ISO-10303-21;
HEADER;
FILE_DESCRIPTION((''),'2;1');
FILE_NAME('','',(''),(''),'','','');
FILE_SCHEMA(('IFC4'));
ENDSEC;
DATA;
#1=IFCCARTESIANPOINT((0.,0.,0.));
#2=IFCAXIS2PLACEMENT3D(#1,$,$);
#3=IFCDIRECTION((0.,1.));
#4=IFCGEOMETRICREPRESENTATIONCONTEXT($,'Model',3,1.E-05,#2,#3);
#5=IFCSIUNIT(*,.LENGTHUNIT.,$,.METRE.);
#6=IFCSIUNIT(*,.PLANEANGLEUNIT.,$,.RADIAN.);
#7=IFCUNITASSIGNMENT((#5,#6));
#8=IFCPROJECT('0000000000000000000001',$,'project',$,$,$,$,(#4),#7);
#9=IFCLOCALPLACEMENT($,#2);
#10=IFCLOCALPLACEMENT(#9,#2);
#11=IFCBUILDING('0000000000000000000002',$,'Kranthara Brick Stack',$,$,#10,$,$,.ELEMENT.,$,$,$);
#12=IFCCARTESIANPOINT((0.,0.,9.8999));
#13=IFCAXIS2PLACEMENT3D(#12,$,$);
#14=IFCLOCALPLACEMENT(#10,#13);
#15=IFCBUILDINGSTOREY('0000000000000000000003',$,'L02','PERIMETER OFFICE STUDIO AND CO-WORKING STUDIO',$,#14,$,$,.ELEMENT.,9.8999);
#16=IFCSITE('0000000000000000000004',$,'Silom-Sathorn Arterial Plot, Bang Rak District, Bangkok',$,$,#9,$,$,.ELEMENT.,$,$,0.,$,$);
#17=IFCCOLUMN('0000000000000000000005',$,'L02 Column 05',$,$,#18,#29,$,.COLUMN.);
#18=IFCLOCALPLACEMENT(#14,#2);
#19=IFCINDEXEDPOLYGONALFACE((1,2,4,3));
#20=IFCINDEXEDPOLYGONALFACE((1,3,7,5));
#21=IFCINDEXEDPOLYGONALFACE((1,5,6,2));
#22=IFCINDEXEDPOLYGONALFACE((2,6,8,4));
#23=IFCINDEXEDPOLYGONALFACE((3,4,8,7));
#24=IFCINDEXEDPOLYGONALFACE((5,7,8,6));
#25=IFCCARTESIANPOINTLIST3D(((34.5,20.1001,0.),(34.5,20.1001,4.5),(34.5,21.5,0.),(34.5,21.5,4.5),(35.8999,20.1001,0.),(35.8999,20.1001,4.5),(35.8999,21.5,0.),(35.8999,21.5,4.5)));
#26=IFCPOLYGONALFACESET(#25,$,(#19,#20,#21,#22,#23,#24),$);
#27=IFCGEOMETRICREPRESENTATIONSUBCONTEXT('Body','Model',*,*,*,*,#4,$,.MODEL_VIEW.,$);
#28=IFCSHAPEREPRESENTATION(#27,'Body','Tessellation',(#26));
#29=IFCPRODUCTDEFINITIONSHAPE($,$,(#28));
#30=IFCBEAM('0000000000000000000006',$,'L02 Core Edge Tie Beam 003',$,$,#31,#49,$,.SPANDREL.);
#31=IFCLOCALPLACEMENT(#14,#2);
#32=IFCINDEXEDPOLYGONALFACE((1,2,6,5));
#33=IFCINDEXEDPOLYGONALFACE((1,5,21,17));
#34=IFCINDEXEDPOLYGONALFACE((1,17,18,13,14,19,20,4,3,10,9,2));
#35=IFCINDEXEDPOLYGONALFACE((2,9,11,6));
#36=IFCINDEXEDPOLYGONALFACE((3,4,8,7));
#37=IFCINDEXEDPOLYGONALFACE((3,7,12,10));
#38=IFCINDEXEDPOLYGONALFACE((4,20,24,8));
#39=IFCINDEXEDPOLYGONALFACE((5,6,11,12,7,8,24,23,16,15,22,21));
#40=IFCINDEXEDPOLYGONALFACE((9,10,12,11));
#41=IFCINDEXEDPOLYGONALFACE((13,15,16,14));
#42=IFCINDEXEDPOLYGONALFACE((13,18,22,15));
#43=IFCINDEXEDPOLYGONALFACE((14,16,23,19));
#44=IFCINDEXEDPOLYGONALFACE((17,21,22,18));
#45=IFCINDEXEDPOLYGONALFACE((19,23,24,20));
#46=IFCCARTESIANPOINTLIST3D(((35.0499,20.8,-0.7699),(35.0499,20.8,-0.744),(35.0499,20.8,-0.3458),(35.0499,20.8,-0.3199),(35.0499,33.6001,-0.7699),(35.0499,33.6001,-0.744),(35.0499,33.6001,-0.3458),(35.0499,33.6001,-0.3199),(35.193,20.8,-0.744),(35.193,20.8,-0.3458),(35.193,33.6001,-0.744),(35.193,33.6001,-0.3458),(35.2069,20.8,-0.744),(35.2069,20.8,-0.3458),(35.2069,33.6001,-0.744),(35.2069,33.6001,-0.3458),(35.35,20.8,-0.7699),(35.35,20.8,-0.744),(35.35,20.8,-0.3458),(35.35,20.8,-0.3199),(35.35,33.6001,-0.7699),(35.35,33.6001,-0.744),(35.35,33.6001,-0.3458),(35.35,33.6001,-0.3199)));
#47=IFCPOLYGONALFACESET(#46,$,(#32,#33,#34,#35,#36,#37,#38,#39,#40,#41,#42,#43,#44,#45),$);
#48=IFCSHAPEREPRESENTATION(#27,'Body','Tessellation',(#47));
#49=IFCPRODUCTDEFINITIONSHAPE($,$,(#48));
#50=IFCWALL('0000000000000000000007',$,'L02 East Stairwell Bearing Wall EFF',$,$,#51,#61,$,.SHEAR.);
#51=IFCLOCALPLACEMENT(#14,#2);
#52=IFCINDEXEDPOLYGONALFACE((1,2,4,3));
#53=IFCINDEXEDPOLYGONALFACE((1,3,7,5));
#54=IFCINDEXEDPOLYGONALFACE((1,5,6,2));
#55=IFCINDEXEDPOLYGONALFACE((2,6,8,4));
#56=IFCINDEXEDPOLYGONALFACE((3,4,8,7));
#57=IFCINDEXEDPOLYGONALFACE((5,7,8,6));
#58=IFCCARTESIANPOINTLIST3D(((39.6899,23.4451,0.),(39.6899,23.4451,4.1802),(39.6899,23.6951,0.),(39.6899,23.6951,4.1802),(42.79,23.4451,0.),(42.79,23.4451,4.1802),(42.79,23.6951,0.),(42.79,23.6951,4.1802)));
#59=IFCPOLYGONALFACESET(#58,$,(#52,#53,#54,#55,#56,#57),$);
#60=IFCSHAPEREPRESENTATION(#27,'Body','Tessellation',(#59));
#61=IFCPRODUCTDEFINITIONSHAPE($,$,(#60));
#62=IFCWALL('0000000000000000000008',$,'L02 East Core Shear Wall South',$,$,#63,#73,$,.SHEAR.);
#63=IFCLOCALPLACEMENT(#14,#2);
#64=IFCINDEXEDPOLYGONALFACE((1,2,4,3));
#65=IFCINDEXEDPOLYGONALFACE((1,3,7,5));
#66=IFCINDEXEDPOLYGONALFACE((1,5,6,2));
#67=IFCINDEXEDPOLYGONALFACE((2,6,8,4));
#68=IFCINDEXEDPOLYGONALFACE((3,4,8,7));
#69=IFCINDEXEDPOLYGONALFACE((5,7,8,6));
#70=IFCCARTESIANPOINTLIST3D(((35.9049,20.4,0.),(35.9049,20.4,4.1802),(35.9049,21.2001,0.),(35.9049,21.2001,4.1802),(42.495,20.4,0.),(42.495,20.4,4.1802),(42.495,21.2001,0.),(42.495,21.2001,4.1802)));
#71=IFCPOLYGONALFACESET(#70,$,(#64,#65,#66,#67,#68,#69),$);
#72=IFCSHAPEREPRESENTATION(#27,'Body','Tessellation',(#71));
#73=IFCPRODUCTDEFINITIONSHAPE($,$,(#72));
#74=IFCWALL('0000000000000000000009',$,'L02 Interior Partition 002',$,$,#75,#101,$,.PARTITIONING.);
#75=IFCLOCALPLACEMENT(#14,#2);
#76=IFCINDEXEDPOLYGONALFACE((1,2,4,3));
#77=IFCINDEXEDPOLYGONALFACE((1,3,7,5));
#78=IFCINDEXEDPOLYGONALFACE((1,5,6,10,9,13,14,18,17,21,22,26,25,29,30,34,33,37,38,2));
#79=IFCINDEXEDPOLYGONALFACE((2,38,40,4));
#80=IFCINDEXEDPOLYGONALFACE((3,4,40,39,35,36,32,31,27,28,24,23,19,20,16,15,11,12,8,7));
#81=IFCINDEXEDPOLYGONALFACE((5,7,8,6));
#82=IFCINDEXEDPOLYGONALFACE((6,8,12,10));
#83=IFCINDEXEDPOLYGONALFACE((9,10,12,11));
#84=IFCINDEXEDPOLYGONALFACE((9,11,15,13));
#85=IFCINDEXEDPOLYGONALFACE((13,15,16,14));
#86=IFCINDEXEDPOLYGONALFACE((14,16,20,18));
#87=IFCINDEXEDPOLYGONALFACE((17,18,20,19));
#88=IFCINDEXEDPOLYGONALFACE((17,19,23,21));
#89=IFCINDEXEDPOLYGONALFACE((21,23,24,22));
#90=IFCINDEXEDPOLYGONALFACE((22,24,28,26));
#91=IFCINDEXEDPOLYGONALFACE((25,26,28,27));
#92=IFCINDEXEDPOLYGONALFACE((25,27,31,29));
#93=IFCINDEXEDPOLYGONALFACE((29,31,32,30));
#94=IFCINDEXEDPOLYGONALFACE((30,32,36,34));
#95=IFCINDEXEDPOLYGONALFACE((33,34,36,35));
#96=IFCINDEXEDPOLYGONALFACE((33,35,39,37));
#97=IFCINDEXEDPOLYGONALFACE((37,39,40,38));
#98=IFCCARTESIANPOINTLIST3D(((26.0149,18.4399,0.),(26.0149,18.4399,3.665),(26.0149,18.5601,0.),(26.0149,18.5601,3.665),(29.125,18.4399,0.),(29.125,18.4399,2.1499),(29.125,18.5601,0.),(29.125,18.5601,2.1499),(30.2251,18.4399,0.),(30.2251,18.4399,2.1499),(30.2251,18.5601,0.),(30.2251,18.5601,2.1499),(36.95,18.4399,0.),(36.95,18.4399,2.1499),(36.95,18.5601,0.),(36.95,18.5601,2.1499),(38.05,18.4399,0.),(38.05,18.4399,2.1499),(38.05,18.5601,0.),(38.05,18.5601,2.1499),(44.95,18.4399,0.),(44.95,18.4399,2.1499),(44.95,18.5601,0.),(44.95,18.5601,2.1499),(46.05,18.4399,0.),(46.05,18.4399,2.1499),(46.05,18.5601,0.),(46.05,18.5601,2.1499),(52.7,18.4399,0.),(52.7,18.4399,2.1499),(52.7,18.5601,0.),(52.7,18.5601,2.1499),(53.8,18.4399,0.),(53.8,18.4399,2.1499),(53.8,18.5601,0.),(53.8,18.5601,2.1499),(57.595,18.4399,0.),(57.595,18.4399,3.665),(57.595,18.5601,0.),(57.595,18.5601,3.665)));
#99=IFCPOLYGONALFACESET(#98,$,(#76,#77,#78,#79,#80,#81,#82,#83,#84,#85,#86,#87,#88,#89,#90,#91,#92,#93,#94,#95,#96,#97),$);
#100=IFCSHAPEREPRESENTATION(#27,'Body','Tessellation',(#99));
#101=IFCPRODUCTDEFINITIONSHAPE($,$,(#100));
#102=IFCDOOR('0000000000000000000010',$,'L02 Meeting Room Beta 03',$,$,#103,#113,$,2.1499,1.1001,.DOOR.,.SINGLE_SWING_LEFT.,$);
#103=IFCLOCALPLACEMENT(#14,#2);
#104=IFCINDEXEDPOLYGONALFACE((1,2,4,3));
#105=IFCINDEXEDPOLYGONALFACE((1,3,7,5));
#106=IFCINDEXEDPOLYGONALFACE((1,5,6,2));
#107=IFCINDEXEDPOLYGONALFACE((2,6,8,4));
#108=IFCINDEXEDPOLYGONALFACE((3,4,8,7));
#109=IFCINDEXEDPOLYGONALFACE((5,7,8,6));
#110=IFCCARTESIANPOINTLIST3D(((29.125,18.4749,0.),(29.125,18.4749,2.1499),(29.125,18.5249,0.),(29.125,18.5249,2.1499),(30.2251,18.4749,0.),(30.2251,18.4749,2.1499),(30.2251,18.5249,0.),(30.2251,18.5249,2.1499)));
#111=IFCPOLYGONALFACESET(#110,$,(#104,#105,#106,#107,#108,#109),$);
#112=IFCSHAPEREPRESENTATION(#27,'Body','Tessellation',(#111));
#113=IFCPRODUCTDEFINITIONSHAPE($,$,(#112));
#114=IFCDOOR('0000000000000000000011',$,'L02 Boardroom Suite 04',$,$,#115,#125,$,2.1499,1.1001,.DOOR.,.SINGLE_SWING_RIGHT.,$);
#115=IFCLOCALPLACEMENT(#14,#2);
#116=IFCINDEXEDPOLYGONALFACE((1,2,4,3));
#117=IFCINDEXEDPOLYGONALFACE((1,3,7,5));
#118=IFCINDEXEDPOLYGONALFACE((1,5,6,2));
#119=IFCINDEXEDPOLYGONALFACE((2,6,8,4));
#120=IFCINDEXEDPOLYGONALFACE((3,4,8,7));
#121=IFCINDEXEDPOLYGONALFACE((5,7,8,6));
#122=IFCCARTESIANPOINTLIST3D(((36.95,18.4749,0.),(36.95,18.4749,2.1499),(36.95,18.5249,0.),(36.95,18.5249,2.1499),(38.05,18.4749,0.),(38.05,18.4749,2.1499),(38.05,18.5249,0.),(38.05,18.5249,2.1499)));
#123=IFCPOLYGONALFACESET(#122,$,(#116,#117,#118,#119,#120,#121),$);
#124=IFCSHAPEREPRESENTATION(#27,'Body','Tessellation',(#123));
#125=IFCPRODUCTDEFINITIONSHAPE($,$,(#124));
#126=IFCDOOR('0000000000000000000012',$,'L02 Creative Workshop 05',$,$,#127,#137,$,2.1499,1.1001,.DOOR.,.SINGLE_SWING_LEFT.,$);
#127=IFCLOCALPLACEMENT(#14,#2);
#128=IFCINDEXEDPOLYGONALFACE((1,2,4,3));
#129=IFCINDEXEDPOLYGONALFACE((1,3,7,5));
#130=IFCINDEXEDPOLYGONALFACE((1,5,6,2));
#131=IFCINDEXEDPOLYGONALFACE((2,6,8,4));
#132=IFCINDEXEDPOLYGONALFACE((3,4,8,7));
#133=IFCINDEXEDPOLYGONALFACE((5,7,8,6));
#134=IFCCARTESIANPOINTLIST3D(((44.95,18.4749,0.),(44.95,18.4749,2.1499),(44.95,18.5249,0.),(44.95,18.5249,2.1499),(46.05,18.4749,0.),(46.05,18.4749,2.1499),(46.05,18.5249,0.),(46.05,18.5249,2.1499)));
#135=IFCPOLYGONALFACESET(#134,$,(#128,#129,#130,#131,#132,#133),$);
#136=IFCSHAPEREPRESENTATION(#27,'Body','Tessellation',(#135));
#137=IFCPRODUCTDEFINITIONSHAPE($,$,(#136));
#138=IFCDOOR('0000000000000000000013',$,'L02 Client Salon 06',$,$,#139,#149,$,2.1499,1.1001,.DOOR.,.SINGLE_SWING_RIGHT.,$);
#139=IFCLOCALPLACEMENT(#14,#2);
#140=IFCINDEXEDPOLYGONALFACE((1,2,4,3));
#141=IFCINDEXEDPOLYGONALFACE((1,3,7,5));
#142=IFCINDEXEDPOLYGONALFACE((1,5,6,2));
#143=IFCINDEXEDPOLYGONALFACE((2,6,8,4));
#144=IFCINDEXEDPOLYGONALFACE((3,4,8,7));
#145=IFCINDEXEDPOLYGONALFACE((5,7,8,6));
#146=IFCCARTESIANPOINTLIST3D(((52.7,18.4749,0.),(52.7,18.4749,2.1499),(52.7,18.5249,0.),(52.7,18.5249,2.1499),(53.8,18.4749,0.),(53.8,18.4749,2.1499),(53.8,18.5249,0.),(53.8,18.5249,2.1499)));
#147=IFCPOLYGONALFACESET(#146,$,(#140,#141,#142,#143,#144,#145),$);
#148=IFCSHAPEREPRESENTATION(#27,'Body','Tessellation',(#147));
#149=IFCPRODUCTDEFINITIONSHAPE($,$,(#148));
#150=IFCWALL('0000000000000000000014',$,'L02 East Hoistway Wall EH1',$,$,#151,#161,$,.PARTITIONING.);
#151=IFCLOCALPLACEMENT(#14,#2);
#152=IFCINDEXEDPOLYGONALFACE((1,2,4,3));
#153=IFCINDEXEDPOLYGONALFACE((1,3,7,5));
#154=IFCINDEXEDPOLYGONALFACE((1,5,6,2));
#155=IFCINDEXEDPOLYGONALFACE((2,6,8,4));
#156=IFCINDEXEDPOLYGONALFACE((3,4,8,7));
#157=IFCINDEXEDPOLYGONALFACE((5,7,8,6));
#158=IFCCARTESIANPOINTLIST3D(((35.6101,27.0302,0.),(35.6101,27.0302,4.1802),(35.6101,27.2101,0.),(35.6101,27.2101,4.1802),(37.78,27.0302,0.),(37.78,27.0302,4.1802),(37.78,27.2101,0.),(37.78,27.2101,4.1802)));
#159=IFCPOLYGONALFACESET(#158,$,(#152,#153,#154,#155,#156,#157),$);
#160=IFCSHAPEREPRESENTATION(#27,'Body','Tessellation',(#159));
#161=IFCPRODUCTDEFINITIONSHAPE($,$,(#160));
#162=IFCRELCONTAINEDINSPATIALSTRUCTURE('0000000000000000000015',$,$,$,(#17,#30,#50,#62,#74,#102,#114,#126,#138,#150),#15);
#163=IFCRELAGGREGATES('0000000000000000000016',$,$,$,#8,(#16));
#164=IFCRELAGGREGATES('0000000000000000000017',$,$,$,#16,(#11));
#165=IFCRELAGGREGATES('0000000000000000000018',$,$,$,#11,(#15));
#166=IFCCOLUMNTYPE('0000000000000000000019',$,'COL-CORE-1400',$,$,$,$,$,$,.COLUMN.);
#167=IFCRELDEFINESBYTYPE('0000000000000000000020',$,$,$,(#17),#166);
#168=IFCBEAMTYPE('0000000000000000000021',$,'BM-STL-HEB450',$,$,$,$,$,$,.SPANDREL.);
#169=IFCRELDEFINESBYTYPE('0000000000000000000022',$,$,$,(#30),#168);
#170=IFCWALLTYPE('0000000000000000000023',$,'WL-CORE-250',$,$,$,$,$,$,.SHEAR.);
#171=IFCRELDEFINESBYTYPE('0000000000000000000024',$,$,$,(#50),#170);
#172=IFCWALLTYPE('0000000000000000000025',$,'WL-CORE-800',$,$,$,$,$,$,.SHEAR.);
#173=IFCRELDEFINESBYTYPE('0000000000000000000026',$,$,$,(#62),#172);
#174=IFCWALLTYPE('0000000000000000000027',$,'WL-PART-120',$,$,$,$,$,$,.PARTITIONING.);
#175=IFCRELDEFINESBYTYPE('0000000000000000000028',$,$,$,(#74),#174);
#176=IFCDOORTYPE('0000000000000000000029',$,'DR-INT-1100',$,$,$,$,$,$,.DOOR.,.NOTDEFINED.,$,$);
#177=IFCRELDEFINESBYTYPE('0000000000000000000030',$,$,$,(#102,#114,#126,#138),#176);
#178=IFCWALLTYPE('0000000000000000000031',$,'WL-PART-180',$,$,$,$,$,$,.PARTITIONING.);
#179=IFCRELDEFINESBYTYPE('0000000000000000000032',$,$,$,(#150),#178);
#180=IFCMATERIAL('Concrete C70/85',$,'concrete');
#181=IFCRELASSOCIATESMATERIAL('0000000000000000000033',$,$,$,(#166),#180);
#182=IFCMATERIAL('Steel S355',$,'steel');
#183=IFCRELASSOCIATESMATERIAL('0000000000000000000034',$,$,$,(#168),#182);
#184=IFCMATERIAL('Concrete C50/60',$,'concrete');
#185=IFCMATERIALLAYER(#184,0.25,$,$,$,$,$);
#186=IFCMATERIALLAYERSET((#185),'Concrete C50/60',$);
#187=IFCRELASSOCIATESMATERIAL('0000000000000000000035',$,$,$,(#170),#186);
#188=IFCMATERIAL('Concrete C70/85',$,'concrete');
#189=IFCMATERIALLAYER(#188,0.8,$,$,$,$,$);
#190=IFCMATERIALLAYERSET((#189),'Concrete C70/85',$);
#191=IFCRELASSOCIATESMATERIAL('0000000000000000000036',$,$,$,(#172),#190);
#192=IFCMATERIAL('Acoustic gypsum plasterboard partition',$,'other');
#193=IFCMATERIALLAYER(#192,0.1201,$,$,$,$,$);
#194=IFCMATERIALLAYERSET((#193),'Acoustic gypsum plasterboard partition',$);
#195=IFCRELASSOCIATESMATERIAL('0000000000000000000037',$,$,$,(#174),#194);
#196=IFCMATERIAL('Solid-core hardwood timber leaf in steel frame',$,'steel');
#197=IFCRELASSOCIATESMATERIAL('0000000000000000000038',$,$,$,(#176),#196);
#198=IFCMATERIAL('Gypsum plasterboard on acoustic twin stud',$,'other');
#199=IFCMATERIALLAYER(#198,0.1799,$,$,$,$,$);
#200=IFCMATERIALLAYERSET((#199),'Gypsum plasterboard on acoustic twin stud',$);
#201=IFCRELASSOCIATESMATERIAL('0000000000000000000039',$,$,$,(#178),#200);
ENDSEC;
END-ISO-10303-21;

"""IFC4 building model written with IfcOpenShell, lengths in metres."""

from ifc_helpers import new_model, si_unit, direction, frame, frame_2d, origin, origin_2d, place, context, subcontext, project, spatial, rectangle, i_section, extrude, material, layer, layer_set, material_profile, profile_set, type_object, element, fill, save


model = new_model("IFC4")

# Units and contexts
model_context = context("Model", 3, precision=1e-05, world=origin(), true_north=direction((0.0, 1.0)))
body_context = subcontext(model_context, "Body", "Model", "MODEL_VIEW")
ifc_project = project(units=[si_unit("LENGTHUNIT", "METRE"), si_unit("PLANEANGLEUNIT", "RADIAN")], contexts=[model_context])

# Site, building, storey
site_placement = place(None, origin())
site = spatial("IfcSite", under=ifc_project, at=site_placement, Name="Silom-Sathorn Arterial Plot, Bang Rak District, Bangkok", CompositionType="ELEMENT", RefElevation=0.0)
building_placement = place(site_placement, origin())
building = spatial("IfcBuilding", under=site, at=building_placement, Name="Kranthara Brick Stack", CompositionType="ELEMENT")
storey_placement = place(building_placement, frame((0.0, 0.0, 9.8999)))
storey = spatial("IfcBuildingStorey", under=building, at=storey_placement, Name="L02", Description="PERIMETER OFFICE STUDIO AND CO-WORKING STUDIO", CompositionType="ELEMENT", Elevation=9.8999)

# Column
ifc_material_1 = material(Name="Concrete C70/85", Category="concrete")
ifc_material_profile_1 = material_profile(ifc_material_1, rectangle(XDim=1.3999, YDim=1.3999, at=origin_2d()), Name="RC 1400x1400")
ifc_profile_set_1 = profile_set([ifc_material_profile_1], Name="Concrete C70/85")
column_type = type_object("IfcColumnType", Name="COL-CORE-1400", PredefinedType="COLUMN", material=ifc_profile_set_1)
column_placement = place(storey_placement, frame((35.2, 20.8, 0.0), z_axis=(0.0, 0.0, 1.0), x_axis=(1.0, 0.0, 0.0)))
element("IfcColumn", 1, at=column_placement, inside=storey, type_object=column_type, Name="L02 Column 05", PredefinedType="COLUMN", context=body_context, shape_type="SweptSolid", body=[
    extrude(rectangle(XDim=1.3999, YDim=1.3999, at=origin_2d()), origin(), (0.0, 0.0, 1.0), 4.5),
])

# Beam
ifc_material_2 = material(Name="Steel S355", Category="steel")
ifc_material_profile_2 = material_profile(ifc_material_2, i_section(OverallWidth=0.3, OverallDepth=0.45, WebThickness=0.0139, FlangeThickness=0.0259, at=origin_2d()), Name="HEB 450")
ifc_profile_set_2 = profile_set([ifc_material_profile_2], Name="Steel S355")
beam_type = type_object("IfcBeamType", Name="BM-STL-HEB450", PredefinedType="SPANDREL", material=ifc_profile_set_2)
beam_placement = place(storey_placement, frame((35.2, 20.8, -0.5449), z_axis=(0.0, 1.0, 0.0), x_axis=(-1.0, 0.0, 0.0)))
element("IfcBeam", 2, at=beam_placement, inside=storey, type_object=beam_type, Name="L02 Core Edge Tie Beam 003", PredefinedType="SPANDREL", context=body_context, shape_type="SweptSolid", body=[
    extrude(i_section(OverallWidth=0.3, OverallDepth=0.45, WebThickness=0.0139, FlangeThickness=0.0259, at=origin_2d()), origin(), (0.0, 0.0, 1.0), 12.8),
])

# Shared definitions
ifc_material_3 = material(Name="Concrete C50/60", Category="concrete")
ifc_layer_1 = layer(ifc_material_3, 0.25)
ifc_layer_set_1 = layer_set([ifc_layer_1], Name="Concrete C50/60")
wall_type_1 = type_object("IfcWallType", Name="WL-CORE-250", PredefinedType="SHEAR", material=ifc_layer_set_1)

# Walls
wall_1_placement = place(storey_placement, frame((39.6899, 23.5701, 0.0), z_axis=(0.0, 0.0, 1.0), x_axis=(1.0, 0.0, 0.0)))
element("IfcWall", 3, at=wall_1_placement, inside=storey, type_object=wall_type_1, Name="L02 East Stairwell Bearing Wall EFF", PredefinedType="SHEAR", context=body_context, shape_type="SweptSolid", body=[
    extrude(rectangle(XDim=3.1001, YDim=0.25, at=frame_2d((1.55, 0.0))), origin(), (0.0, 0.0, 1.0), 4.1802),
])
ifc_material_4 = material(Name="Concrete C70/85", Category="concrete")
ifc_layer_2 = layer(ifc_material_4, 0.8)
ifc_layer_set_2 = layer_set([ifc_layer_2], Name="Concrete C70/85")
wall_type_2 = type_object("IfcWallType", Name="WL-CORE-800", PredefinedType="SHEAR", material=ifc_layer_set_2)
wall_2_placement = place(storey_placement, frame((35.905, 20.8, 0.0), z_axis=(0.0, 0.0, 1.0), x_axis=(1.0, 0.0, 0.0)))
element("IfcWall", 4, at=wall_2_placement, inside=storey, type_object=wall_type_2, Name="L02 East Core Shear Wall South", PredefinedType="SHEAR", context=body_context, shape_type="SweptSolid", body=[
    extrude(rectangle(XDim=6.5901, YDim=0.8, at=frame_2d((3.2949, 0.0))), origin(), (0.0, 0.0, 1.0), 4.1802),
])

# Wall, openings, doors
ifc_material_5 = material(Name="Acoustic gypsum plasterboard partition", Category="other")
ifc_layer_3 = layer(ifc_material_5, 0.1201)
ifc_layer_set_3 = layer_set([ifc_layer_3], Name="Acoustic gypsum plasterboard partition")
wall_type_3 = type_object("IfcWallType", Name="WL-PART-120", PredefinedType="PARTITIONING", material=ifc_layer_set_3)
wall_3_placement = place(storey_placement, frame((26.0149, 18.5, 0.0), z_axis=(0.0, 0.0, 1.0), x_axis=(1.0, 0.0, 0.0)))
wall_3 = element("IfcWall", 5, at=wall_3_placement, inside=storey, type_object=wall_type_3, Name="L02 Interior Partition 002", PredefinedType="PARTITIONING", context=body_context, shape_type="SweptSolid", body=[
    extrude(rectangle(XDim=31.5801, YDim=0.1201, at=frame_2d((15.79, 0.0))), origin(), (0.0, 0.0, 1.0), 3.665),
])
opening_1_placement = place(wall_3_placement, frame((3.1101, 0.0, 0.0)))
opening_1 = element("IfcOpeningElement", 6, at=opening_1_placement, cuts=wall_3, PredefinedType="OPENING", context=body_context, shape_type="SweptSolid", body=[
    extrude(rectangle(XDim=1.1001, YDim=2.1499, at=frame_2d((0.55, 1.075))), frame((0.0, 0.0701, 0.0), z_axis=(0.0, -1.0, 0.0), x_axis=(1.0, 0.0, 0.0)), (0.0, 0.0, 1.0), 0.1401),
])
opening_2_placement = place(wall_3_placement, frame((10.9351, 0.0, 0.0)))
opening_2 = element("IfcOpeningElement", 7, at=opening_2_placement, cuts=wall_3, PredefinedType="OPENING", context=body_context, shape_type="SweptSolid", body=[
    extrude(rectangle(XDim=1.1001, YDim=2.1499, at=frame_2d((0.55, 1.075))), frame((0.0, 0.0701, 0.0), z_axis=(0.0, -1.0, 0.0), x_axis=(1.0, 0.0, 0.0)), (0.0, 0.0, 1.0), 0.1401),
])
opening_3_placement = place(wall_3_placement, frame((18.9351, 0.0, 0.0)))
opening_3 = element("IfcOpeningElement", 8, at=opening_3_placement, cuts=wall_3, PredefinedType="OPENING", context=body_context, shape_type="SweptSolid", body=[
    extrude(rectangle(XDim=1.1001, YDim=2.1499, at=frame_2d((0.55, 1.075))), frame((0.0, 0.0701, 0.0), z_axis=(0.0, -1.0, 0.0), x_axis=(1.0, 0.0, 0.0)), (0.0, 0.0, 1.0), 0.1401),
])
opening_4_placement = place(wall_3_placement, frame((26.6851, 0.0, 0.0)))
opening_4 = element("IfcOpeningElement", 9, at=opening_4_placement, cuts=wall_3, PredefinedType="OPENING", context=body_context, shape_type="SweptSolid", body=[
    extrude(rectangle(XDim=1.1001, YDim=2.1499, at=frame_2d((0.55, 1.075))), frame((0.0, 0.0701, 0.0), z_axis=(0.0, -1.0, 0.0), x_axis=(1.0, 0.0, 0.0)), (0.0, 0.0, 1.0), 0.1401),
])
ifc_material_6 = material(Name="Solid-core hardwood timber leaf in steel frame", Category="steel")
door_type_1 = type_object("IfcDoorType", Name="DR-INT-1100", OperationType="NOTDEFINED", PredefinedType="DOOR", material=ifc_material_6)
door_1_placement = place(opening_1_placement, origin())
door_1 = element("IfcDoor", 10, at=door_1_placement, inside=storey, type_object=door_type_1, Name="L02 Meeting Room Beta 03", OperationType="SINGLE_SWING_LEFT", OverallHeight=2.1499, OverallWidth=1.1001, PredefinedType="DOOR", context=body_context, shape_type="SweptSolid", body=[
    extrude(rectangle(XDim=1.1001, YDim=2.1499, at=frame_2d((0.55, 1.075))), frame((0.0, 0.0249, 0.0), z_axis=(0.0, -1.0, 0.0), x_axis=(1.0, 0.0, 0.0)), (0.0, 0.0, 1.0), 0.05),
])
fill(opening_1, door_1)
door_2_placement = place(opening_2_placement, origin())
door_2 = element("IfcDoor", 11, at=door_2_placement, inside=storey, type_object=door_type_1, Name="L02 Boardroom Suite 04", OperationType="SINGLE_SWING_RIGHT", OverallHeight=2.1499, OverallWidth=1.1001, PredefinedType="DOOR", context=body_context, shape_type="SweptSolid", body=[
    extrude(rectangle(XDim=1.1001, YDim=2.1499, at=frame_2d((0.55, 1.075))), frame((0.0, 0.0249, 0.0), z_axis=(0.0, -1.0, 0.0), x_axis=(1.0, 0.0, 0.0)), (0.0, 0.0, 1.0), 0.05),
])
fill(opening_2, door_2)
door_3_placement = place(opening_3_placement, origin())
door_3 = element("IfcDoor", 12, at=door_3_placement, inside=storey, type_object=door_type_1, Name="L02 Creative Workshop 05", OperationType="SINGLE_SWING_LEFT", OverallHeight=2.1499, OverallWidth=1.1001, PredefinedType="DOOR", context=body_context, shape_type="SweptSolid", body=[
    extrude(rectangle(XDim=1.1001, YDim=2.1499, at=frame_2d((0.55, 1.075))), frame((0.0, 0.0249, 0.0), z_axis=(0.0, -1.0, 0.0), x_axis=(1.0, 0.0, 0.0)), (0.0, 0.0, 1.0), 0.05),
])
fill(opening_3, door_3)
door_4_placement = place(opening_4_placement, origin())
door_4 = element("IfcDoor", 13, at=door_4_placement, inside=storey, type_object=door_type_1, Name="L02 Client Salon 06", OperationType="SINGLE_SWING_RIGHT", OverallHeight=2.1499, OverallWidth=1.1001, PredefinedType="DOOR", context=body_context, shape_type="SweptSolid", body=[
    extrude(rectangle(XDim=1.1001, YDim=2.1499, at=frame_2d((0.55, 1.075))), frame((0.0, 0.0249, 0.0), z_axis=(0.0, -1.0, 0.0), x_axis=(1.0, 0.0, 0.0)), (0.0, 0.0, 1.0), 0.05),
])
fill(opening_4, door_4)

# Wall
ifc_material_7 = material(Name="Gypsum plasterboard on acoustic twin stud", Category="other")
ifc_layer_4 = layer(ifc_material_7, 0.1799)
ifc_layer_set_4 = layer_set([ifc_layer_4], Name="Gypsum plasterboard on acoustic twin stud")
wall_type_4 = type_object("IfcWallType", Name="WL-PART-180", PredefinedType="PARTITIONING", material=ifc_layer_set_4)
wall_4_placement = place(storey_placement, frame((35.6101, 27.1201, 0.0), z_axis=(0.0, 0.0, 1.0), x_axis=(1.0, 0.0, 0.0)))
element("IfcWall", 14, at=wall_4_placement, inside=storey, type_object=wall_type_4, Name="L02 East Hoistway Wall EH1", PredefinedType="PARTITIONING", context=body_context, shape_type="SweptSolid", body=[
    extrude(rectangle(XDim=2.1699, YDim=0.1799, at=frame_2d((1.085, 0.0))), origin(), (0.0, 0.0, 1.0), 4.1802),
])

save(model, "model.ifc")
